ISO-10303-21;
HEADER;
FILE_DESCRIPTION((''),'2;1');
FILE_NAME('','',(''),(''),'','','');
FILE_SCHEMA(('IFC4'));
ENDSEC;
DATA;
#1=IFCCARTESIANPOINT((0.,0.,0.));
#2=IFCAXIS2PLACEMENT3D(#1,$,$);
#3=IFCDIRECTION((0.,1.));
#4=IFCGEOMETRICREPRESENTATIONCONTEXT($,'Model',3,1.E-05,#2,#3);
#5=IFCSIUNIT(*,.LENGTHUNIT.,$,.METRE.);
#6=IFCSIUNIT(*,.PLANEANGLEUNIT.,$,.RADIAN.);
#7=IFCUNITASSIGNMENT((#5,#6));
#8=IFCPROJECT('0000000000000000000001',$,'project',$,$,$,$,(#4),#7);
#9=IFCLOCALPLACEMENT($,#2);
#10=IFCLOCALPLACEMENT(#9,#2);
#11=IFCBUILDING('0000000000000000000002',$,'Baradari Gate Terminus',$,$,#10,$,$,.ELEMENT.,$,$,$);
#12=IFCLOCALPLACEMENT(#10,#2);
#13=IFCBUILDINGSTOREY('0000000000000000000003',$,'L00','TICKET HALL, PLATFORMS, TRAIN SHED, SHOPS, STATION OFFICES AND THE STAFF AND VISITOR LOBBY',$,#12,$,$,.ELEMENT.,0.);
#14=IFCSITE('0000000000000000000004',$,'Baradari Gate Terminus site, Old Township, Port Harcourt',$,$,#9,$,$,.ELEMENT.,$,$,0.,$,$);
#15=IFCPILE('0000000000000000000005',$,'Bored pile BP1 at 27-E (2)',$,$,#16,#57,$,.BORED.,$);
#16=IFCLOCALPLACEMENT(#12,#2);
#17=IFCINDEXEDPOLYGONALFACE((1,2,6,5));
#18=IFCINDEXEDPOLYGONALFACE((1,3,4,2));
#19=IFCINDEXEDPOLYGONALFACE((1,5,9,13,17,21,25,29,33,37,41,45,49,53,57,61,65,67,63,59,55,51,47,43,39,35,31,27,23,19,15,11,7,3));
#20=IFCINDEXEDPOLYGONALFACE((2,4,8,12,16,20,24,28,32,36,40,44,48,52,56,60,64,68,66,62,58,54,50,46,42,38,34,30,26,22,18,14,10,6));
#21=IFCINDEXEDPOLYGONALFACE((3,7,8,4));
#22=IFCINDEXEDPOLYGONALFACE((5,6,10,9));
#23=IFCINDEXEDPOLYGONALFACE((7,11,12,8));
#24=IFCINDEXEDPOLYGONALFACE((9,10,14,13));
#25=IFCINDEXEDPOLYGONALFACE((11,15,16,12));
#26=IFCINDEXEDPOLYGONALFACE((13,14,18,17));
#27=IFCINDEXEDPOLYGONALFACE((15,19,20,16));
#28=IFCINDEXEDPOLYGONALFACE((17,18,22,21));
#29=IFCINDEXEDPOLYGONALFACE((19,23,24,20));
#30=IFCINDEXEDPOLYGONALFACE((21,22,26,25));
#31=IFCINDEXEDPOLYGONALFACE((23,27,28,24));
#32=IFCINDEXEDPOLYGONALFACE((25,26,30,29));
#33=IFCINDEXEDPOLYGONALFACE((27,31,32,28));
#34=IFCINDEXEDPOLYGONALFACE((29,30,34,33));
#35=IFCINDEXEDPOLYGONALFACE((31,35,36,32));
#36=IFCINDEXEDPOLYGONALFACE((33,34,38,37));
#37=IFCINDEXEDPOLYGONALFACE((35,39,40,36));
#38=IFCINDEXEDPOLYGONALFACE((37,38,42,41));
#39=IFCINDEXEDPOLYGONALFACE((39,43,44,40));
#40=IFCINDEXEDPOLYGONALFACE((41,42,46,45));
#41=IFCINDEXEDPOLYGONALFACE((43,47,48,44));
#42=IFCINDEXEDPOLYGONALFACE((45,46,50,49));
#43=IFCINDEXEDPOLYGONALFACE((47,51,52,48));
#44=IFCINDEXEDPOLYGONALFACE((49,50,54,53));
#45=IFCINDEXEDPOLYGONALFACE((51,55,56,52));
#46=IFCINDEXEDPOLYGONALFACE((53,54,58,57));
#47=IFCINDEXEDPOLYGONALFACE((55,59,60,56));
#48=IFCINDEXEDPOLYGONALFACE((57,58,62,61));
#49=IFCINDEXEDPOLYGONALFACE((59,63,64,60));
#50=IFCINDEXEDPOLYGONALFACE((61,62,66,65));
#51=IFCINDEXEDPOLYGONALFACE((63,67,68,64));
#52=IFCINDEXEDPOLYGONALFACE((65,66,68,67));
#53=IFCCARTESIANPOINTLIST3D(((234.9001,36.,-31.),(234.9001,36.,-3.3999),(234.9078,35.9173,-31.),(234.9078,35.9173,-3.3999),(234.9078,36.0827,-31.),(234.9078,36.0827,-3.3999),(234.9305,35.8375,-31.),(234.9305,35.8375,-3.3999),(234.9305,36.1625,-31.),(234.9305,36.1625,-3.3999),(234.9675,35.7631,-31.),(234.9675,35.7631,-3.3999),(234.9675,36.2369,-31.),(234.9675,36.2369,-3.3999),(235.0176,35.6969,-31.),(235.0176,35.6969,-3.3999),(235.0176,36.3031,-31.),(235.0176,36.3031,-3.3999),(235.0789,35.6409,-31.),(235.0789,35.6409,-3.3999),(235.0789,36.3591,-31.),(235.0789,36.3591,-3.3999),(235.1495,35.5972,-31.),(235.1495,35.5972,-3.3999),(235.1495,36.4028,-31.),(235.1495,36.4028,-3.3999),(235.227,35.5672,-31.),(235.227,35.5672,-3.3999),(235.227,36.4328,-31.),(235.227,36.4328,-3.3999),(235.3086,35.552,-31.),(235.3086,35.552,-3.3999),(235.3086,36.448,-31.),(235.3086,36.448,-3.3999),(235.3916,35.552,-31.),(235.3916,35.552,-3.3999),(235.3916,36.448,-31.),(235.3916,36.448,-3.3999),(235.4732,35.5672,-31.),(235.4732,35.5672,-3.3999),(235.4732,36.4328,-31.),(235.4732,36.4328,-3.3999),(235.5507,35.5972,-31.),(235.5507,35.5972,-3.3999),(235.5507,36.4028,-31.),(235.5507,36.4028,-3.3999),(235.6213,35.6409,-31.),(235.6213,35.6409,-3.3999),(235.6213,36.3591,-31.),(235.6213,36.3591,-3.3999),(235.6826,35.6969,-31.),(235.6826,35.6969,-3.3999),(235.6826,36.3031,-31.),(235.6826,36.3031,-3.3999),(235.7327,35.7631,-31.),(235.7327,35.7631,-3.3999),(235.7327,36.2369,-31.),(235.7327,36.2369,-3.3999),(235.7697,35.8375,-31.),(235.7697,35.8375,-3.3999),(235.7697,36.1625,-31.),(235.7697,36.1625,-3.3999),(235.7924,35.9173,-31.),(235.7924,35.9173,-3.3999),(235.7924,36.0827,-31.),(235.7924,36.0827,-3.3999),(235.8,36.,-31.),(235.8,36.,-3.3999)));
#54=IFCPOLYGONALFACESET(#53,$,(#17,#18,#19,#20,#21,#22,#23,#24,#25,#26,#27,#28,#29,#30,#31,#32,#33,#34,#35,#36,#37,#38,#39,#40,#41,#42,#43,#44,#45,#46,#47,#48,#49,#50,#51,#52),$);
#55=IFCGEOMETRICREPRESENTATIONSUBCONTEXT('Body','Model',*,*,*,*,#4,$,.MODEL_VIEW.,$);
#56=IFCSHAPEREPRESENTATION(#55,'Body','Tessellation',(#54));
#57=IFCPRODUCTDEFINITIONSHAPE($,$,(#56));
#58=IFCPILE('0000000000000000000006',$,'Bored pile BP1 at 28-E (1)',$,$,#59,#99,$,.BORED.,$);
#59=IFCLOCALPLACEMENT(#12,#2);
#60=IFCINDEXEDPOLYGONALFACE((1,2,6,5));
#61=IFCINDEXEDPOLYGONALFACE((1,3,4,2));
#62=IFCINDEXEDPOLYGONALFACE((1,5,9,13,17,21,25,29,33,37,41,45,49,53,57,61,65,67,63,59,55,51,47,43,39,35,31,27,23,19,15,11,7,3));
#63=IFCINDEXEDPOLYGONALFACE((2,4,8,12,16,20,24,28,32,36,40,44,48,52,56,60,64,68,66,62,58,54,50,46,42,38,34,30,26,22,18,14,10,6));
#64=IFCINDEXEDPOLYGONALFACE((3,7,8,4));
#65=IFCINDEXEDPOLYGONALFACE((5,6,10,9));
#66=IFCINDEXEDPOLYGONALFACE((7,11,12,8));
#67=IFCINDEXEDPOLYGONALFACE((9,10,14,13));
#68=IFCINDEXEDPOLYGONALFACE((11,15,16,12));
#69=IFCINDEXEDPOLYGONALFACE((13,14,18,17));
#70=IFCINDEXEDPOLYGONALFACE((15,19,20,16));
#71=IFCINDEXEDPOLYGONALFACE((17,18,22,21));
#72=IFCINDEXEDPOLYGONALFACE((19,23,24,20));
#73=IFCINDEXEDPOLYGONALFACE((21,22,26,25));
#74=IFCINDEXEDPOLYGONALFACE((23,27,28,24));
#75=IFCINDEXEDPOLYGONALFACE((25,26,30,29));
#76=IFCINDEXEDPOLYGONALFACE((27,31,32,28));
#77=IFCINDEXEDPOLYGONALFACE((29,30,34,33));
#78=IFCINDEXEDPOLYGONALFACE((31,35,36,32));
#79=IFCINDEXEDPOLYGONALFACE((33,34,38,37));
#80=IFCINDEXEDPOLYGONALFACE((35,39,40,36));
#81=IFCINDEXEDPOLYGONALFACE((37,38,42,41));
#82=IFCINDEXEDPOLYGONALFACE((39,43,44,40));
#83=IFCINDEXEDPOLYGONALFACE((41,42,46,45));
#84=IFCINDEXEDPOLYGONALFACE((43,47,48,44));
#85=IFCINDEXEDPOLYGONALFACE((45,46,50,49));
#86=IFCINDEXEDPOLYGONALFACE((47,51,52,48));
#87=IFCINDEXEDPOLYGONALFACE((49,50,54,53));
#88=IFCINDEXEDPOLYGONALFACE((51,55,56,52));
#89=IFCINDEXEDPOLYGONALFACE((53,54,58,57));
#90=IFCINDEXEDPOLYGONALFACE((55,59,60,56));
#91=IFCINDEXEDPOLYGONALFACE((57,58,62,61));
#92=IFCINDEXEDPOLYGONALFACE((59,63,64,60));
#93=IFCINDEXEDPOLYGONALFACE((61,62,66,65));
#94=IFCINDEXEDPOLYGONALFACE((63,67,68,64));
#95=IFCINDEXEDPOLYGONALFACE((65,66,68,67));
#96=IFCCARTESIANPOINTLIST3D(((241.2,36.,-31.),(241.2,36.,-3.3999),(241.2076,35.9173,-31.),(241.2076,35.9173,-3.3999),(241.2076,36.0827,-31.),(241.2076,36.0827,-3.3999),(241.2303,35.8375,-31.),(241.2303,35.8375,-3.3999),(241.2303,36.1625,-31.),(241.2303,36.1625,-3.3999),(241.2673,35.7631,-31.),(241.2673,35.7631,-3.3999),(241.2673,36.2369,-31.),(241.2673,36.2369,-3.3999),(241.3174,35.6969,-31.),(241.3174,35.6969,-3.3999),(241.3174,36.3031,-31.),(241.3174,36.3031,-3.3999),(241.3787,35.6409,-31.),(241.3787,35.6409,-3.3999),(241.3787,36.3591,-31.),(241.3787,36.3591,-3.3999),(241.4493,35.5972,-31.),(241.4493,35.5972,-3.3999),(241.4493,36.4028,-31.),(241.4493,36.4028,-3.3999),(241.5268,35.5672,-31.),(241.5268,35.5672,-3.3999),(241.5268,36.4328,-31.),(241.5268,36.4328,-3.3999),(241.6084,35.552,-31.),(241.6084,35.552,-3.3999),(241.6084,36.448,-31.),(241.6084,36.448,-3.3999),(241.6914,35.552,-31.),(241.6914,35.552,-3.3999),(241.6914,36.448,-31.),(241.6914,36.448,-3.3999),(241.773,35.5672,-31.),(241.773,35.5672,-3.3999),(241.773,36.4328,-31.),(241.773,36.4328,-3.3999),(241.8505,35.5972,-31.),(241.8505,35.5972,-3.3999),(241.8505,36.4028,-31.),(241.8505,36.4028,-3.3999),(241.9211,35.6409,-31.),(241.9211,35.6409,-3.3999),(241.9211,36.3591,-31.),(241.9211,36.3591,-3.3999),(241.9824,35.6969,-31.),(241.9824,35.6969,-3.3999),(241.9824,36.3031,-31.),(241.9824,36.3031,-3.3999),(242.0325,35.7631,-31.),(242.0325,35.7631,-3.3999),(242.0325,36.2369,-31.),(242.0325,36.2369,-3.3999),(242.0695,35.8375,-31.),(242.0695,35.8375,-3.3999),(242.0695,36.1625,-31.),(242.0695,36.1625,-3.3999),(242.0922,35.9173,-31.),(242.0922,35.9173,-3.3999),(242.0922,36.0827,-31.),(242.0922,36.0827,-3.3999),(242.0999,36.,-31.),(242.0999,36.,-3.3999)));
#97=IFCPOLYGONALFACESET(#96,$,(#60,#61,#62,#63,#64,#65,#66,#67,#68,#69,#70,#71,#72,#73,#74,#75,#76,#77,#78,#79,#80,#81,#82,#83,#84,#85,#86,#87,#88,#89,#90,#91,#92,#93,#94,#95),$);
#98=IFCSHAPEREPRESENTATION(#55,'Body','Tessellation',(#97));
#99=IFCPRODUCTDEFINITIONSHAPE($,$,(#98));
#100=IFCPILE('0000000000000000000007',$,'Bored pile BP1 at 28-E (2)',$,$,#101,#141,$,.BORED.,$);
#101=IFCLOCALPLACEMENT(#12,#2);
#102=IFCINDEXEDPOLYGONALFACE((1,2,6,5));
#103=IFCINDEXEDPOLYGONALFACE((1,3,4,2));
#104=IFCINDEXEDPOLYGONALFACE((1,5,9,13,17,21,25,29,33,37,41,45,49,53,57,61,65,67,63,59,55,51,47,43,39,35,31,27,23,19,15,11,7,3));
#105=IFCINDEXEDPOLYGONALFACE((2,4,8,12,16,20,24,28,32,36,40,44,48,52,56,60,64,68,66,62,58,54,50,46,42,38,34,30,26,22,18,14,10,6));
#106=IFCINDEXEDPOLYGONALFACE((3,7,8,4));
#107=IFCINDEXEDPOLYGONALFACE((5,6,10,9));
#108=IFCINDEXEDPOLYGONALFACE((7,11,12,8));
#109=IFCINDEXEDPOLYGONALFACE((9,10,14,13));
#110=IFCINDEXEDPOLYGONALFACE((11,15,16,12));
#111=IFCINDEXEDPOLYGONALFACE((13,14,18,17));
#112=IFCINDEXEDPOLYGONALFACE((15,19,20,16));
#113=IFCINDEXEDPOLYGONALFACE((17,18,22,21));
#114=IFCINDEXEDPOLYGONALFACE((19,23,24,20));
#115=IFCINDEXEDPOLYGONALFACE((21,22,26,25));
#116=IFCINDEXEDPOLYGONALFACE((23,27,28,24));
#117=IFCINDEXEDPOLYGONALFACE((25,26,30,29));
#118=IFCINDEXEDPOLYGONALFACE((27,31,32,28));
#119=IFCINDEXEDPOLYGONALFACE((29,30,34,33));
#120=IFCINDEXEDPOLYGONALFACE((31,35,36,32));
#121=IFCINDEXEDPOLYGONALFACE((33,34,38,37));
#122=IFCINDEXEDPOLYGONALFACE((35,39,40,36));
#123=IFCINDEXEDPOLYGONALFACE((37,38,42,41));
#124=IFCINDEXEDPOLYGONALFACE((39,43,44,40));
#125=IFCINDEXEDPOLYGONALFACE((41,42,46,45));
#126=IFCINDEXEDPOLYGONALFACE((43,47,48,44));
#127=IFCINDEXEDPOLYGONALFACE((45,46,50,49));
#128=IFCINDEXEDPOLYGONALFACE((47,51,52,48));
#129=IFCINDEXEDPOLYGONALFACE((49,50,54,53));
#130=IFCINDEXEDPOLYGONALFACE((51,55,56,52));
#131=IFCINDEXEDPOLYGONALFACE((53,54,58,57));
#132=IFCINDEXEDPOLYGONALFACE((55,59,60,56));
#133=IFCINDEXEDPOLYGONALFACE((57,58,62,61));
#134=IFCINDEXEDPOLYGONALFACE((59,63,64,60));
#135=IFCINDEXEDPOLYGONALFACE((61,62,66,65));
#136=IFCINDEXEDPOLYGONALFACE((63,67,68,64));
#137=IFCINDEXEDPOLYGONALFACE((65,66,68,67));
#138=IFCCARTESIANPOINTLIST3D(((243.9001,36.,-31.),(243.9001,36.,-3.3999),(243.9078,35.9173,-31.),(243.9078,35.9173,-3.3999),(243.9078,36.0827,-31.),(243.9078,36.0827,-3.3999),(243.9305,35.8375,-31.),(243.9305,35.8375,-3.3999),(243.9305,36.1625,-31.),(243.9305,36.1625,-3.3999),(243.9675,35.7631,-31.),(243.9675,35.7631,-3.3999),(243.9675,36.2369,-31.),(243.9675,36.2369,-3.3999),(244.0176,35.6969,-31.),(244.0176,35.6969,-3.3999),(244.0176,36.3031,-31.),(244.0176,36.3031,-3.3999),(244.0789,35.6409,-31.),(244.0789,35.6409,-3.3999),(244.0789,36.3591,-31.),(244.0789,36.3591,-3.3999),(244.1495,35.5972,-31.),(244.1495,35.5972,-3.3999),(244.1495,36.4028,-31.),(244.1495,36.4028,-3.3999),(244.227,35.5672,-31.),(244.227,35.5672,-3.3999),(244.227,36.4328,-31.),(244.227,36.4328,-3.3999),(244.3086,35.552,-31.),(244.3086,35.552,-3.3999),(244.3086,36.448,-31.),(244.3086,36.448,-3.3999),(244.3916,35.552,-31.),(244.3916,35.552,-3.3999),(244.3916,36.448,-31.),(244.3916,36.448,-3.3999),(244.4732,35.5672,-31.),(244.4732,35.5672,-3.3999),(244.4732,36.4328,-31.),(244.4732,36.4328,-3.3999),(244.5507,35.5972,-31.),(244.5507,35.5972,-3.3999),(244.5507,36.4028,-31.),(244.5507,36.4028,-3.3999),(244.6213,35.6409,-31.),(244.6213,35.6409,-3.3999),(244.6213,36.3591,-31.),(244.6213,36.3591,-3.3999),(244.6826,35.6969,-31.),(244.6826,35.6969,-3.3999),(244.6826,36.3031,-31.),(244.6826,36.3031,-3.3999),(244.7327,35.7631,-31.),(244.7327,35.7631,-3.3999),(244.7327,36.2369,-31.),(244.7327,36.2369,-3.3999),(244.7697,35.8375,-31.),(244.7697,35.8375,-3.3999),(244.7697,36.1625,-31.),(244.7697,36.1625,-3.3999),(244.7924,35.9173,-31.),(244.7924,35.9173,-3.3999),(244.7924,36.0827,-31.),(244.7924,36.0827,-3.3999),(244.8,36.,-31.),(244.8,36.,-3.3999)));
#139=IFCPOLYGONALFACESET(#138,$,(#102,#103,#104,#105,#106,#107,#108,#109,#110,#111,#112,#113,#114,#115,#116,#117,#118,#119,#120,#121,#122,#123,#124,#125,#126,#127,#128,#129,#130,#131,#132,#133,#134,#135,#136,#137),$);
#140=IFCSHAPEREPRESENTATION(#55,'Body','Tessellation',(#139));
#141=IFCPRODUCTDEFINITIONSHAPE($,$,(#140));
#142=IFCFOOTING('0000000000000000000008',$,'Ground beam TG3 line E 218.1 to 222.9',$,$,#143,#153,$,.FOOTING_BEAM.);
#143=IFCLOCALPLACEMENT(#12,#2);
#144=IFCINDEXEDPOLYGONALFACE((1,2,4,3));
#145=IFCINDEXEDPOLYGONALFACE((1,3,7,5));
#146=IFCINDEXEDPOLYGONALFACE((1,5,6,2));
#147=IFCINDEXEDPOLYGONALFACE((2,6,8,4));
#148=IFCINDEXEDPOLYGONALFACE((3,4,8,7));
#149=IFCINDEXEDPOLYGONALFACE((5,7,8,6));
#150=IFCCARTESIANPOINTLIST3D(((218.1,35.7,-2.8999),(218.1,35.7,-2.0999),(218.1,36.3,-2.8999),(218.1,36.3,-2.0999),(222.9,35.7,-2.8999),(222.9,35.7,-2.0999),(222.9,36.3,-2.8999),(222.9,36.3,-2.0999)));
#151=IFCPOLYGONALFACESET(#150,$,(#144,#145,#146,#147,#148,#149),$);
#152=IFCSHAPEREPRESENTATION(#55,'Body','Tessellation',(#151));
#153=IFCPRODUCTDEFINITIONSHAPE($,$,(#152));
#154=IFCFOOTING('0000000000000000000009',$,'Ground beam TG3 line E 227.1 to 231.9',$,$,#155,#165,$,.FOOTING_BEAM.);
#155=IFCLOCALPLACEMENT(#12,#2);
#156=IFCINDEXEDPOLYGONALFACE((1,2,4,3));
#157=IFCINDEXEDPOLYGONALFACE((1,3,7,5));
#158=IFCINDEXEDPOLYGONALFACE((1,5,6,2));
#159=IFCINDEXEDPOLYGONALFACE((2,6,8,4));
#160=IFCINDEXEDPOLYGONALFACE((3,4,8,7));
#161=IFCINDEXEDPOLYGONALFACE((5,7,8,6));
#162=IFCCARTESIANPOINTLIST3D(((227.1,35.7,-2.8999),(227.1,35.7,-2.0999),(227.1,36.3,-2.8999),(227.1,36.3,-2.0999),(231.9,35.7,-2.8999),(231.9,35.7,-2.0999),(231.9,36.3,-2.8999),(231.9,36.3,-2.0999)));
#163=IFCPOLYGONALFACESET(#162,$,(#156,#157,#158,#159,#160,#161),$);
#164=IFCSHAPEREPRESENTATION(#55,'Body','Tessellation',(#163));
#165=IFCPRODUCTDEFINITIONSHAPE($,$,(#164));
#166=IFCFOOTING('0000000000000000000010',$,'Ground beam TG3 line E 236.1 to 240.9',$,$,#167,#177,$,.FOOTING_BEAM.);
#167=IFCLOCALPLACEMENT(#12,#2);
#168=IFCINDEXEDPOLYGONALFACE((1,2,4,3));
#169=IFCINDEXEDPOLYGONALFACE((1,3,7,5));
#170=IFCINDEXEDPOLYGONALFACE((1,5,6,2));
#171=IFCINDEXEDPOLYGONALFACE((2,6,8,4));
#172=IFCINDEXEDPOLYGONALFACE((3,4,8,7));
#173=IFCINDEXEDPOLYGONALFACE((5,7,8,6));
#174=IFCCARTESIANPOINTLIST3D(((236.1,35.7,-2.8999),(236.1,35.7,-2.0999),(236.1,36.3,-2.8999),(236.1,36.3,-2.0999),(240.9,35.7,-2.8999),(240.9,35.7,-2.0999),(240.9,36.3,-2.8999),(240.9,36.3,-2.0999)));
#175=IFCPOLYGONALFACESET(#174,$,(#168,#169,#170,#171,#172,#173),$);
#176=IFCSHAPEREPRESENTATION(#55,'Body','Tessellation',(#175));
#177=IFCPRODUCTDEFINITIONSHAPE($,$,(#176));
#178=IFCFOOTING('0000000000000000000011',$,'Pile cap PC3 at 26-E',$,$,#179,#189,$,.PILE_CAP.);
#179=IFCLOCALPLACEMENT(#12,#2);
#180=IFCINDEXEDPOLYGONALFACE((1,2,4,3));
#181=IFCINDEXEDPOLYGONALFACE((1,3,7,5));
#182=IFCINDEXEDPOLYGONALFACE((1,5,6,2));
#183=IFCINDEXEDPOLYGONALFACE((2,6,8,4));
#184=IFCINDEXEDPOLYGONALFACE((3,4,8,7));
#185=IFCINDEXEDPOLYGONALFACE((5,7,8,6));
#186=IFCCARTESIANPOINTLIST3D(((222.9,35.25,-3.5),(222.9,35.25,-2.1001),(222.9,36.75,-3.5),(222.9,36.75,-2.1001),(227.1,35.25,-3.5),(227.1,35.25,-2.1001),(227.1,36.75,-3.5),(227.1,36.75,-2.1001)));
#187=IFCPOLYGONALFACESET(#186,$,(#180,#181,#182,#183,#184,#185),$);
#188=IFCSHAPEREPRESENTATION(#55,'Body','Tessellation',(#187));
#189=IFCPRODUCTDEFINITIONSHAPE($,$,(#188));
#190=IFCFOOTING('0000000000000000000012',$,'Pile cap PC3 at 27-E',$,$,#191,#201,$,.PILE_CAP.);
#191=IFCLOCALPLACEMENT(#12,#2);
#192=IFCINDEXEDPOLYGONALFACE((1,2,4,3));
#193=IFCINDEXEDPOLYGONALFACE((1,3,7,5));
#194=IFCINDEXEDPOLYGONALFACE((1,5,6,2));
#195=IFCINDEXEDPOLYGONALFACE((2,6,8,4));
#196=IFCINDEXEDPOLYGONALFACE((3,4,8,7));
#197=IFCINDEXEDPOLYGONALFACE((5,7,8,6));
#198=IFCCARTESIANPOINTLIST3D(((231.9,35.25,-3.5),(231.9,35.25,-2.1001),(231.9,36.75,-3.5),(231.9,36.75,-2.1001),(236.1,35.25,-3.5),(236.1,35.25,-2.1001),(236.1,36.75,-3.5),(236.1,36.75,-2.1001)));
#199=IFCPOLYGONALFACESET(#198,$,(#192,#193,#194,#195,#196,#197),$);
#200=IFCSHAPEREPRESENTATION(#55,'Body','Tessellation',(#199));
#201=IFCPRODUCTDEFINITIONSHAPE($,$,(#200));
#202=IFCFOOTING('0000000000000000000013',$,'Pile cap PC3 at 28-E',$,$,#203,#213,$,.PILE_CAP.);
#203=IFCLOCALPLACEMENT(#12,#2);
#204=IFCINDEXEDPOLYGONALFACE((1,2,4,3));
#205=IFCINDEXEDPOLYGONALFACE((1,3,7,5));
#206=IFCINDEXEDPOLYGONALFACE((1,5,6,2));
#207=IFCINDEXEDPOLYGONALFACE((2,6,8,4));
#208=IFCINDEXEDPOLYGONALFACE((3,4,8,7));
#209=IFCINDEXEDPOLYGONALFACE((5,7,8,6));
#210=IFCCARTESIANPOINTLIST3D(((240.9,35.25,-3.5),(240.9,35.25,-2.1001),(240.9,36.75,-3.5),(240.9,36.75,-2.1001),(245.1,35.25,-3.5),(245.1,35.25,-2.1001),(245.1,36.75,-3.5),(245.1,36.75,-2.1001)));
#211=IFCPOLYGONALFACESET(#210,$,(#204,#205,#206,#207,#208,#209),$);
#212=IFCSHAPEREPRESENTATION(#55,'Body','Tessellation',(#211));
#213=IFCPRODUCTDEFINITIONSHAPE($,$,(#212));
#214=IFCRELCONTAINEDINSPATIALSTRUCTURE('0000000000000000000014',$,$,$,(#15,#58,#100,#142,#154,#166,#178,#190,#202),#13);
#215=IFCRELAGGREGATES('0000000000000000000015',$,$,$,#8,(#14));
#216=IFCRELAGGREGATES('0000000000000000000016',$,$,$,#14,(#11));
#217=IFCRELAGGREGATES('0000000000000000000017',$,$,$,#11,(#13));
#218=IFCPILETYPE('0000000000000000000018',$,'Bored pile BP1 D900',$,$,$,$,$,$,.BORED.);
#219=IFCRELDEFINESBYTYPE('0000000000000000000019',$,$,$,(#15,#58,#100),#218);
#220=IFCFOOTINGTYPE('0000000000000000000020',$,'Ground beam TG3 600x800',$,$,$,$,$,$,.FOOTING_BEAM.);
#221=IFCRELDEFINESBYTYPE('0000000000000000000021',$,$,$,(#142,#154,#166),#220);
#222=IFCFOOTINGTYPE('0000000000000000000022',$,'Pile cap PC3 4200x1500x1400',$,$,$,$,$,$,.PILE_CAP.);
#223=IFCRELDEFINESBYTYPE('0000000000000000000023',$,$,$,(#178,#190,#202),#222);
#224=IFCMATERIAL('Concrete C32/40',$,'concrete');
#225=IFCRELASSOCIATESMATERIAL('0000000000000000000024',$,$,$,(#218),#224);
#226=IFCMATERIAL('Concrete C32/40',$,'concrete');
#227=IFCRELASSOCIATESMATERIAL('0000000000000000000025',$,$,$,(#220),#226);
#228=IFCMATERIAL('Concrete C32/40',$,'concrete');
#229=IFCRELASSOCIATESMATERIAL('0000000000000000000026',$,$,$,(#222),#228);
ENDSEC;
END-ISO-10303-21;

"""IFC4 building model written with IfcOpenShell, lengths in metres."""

from ifc_helpers import new_model, si_unit, direction, frame, origin, origin_2d, place, context, subcontext, project, spatial, rectangle, circle, extrude, material, type_object, element, save


model = new_model("IFC4")

# Units and contexts
model_context = context("Model", 3, precision=1e-05, world=origin(), true_north=direction((0.0, 1.0)))
body_context = subcontext(model_context, "Body", "Model", "MODEL_VIEW")
ifc_project = project(units=[si_unit("LENGTHUNIT", "METRE"), si_unit("PLANEANGLEUNIT", "RADIAN")], contexts=[model_context])

# Site, building, storey
site_placement = place(None, origin())
site = spatial("IfcSite", under=ifc_project, at=site_placement, Name="Baradari Gate Terminus site, Old Township, Port Harcourt", CompositionType="ELEMENT", RefElevation=0.0)
building_placement = place(site_placement, origin())
building = spatial("IfcBuilding", under=site, at=building_placement, Name="Baradari Gate Terminus", CompositionType="ELEMENT")
storey_placement = place(building_placement, origin())
storey = spatial("IfcBuildingStorey", under=building, at=storey_placement, Name="L00", Description="TICKET HALL, PLATFORMS, TRAIN SHED, SHOPS, STATION OFFICES AND THE STAFF AND VISITOR LOBBY", CompositionType="ELEMENT", Elevation=0.0)

# Piles
ifc_material_1 = material(Name="Concrete C32/40", Category="concrete")
pile_type = type_object("IfcPileType", Name="Bored pile BP1 D900", PredefinedType="BORED", material=ifc_material_1)
for number, where, z_axis, x_axis, name in (
    (1, (235.3501, 36.0, -3.3999), (0.0, 0.0, -1.0), (1.0, 0.0, 0.0), "Bored pile BP1 at 27-E (2)"),
    (2, (241.6499, 36.0, -3.3999), (0.0, 0.0, -1.0), (1.0, 0.0, 0.0), "Bored pile BP1 at 28-E (1)"),
    (3, (244.3501, 36.0, -3.3999), (0.0, 0.0, -1.0), (1.0, 0.0, 0.0), "Bored pile BP1 at 28-E (2)"),
):
    element("IfcPile", number, at=place(storey_placement, frame(where, z_axis=z_axis, x_axis=x_axis)), inside=storey, type_object=pile_type, Name=name, PredefinedType="BORED", context=body_context, shape_type="SweptSolid", body=[
        extrude(circle(Radius=0.45, at=origin_2d()), origin(), (0.0, 0.0, 1.0), 27.6001),
    ])

# Footings
ifc_material_2 = material(Name="Concrete C32/40", Category="concrete")
footing_type_1 = type_object("IfcFootingType", Name="Ground beam TG3 600x800", PredefinedType="FOOTING_BEAM", material=ifc_material_2)
for number, where, z_axis, x_axis, name in (
    (4, (220.5, 36.0, -2.8999), (0.0, 0.0, 1.0), (1.0, 0.0, 0.0), "Ground beam TG3 line E 218.1 to 222.9"),
    (5, (229.5, 36.0, -2.8999), (0.0, 0.0, 1.0), (1.0, 0.0, 0.0), "Ground beam TG3 line E 227.1 to 231.9"),
    (6, (238.5, 36.0, -2.8999), (0.0, 0.0, 1.0), (1.0, 0.0, 0.0), "Ground beam TG3 line E 236.1 to 240.9"),
):
    element("IfcFooting", number, at=place(storey_placement, frame(where, z_axis=z_axis, x_axis=x_axis)), inside=storey, type_object=footing_type_1, Name=name, PredefinedType="FOOTING_BEAM", context=body_context, shape_type="SweptSolid", body=[
        extrude(rectangle(XDim=4.8, YDim=0.6001, at=origin_2d()), origin(), (0.0, 0.0, 1.0), 0.8),
    ])
ifc_material_3 = material(Name="Concrete C32/40", Category="concrete")
footing_type_2 = type_object("IfcFootingType", Name="Pile cap PC3 4200x1500x1400", PredefinedType="PILE_CAP", material=ifc_material_3)
for number, where, z_axis, x_axis, name in (
    (7, (225.0, 36.0, -3.5), (0.0, 0.0, 1.0), (1.0, 0.0, 0.0), "Pile cap PC3 at 26-E"),
    (8, (234.0, 36.0, -3.5), (0.0, 0.0, 1.0), (1.0, 0.0, 0.0), "Pile cap PC3 at 27-E"),
    (9, (243.0, 36.0, -3.5), (0.0, 0.0, 1.0), (1.0, 0.0, 0.0), "Pile cap PC3 at 28-E"),
):
    element("IfcFooting", number, at=place(storey_placement, frame(where, z_axis=z_axis, x_axis=x_axis)), inside=storey, type_object=footing_type_2, Name=name, PredefinedType="PILE_CAP", context=body_context, shape_type="SweptSolid", body=[
        extrude(rectangle(XDim=4.2, YDim=1.5, at=origin_2d()), origin(), (0.0, 0.0, 1.0), 1.3999),
    ])

save(model, "model.ifc")
